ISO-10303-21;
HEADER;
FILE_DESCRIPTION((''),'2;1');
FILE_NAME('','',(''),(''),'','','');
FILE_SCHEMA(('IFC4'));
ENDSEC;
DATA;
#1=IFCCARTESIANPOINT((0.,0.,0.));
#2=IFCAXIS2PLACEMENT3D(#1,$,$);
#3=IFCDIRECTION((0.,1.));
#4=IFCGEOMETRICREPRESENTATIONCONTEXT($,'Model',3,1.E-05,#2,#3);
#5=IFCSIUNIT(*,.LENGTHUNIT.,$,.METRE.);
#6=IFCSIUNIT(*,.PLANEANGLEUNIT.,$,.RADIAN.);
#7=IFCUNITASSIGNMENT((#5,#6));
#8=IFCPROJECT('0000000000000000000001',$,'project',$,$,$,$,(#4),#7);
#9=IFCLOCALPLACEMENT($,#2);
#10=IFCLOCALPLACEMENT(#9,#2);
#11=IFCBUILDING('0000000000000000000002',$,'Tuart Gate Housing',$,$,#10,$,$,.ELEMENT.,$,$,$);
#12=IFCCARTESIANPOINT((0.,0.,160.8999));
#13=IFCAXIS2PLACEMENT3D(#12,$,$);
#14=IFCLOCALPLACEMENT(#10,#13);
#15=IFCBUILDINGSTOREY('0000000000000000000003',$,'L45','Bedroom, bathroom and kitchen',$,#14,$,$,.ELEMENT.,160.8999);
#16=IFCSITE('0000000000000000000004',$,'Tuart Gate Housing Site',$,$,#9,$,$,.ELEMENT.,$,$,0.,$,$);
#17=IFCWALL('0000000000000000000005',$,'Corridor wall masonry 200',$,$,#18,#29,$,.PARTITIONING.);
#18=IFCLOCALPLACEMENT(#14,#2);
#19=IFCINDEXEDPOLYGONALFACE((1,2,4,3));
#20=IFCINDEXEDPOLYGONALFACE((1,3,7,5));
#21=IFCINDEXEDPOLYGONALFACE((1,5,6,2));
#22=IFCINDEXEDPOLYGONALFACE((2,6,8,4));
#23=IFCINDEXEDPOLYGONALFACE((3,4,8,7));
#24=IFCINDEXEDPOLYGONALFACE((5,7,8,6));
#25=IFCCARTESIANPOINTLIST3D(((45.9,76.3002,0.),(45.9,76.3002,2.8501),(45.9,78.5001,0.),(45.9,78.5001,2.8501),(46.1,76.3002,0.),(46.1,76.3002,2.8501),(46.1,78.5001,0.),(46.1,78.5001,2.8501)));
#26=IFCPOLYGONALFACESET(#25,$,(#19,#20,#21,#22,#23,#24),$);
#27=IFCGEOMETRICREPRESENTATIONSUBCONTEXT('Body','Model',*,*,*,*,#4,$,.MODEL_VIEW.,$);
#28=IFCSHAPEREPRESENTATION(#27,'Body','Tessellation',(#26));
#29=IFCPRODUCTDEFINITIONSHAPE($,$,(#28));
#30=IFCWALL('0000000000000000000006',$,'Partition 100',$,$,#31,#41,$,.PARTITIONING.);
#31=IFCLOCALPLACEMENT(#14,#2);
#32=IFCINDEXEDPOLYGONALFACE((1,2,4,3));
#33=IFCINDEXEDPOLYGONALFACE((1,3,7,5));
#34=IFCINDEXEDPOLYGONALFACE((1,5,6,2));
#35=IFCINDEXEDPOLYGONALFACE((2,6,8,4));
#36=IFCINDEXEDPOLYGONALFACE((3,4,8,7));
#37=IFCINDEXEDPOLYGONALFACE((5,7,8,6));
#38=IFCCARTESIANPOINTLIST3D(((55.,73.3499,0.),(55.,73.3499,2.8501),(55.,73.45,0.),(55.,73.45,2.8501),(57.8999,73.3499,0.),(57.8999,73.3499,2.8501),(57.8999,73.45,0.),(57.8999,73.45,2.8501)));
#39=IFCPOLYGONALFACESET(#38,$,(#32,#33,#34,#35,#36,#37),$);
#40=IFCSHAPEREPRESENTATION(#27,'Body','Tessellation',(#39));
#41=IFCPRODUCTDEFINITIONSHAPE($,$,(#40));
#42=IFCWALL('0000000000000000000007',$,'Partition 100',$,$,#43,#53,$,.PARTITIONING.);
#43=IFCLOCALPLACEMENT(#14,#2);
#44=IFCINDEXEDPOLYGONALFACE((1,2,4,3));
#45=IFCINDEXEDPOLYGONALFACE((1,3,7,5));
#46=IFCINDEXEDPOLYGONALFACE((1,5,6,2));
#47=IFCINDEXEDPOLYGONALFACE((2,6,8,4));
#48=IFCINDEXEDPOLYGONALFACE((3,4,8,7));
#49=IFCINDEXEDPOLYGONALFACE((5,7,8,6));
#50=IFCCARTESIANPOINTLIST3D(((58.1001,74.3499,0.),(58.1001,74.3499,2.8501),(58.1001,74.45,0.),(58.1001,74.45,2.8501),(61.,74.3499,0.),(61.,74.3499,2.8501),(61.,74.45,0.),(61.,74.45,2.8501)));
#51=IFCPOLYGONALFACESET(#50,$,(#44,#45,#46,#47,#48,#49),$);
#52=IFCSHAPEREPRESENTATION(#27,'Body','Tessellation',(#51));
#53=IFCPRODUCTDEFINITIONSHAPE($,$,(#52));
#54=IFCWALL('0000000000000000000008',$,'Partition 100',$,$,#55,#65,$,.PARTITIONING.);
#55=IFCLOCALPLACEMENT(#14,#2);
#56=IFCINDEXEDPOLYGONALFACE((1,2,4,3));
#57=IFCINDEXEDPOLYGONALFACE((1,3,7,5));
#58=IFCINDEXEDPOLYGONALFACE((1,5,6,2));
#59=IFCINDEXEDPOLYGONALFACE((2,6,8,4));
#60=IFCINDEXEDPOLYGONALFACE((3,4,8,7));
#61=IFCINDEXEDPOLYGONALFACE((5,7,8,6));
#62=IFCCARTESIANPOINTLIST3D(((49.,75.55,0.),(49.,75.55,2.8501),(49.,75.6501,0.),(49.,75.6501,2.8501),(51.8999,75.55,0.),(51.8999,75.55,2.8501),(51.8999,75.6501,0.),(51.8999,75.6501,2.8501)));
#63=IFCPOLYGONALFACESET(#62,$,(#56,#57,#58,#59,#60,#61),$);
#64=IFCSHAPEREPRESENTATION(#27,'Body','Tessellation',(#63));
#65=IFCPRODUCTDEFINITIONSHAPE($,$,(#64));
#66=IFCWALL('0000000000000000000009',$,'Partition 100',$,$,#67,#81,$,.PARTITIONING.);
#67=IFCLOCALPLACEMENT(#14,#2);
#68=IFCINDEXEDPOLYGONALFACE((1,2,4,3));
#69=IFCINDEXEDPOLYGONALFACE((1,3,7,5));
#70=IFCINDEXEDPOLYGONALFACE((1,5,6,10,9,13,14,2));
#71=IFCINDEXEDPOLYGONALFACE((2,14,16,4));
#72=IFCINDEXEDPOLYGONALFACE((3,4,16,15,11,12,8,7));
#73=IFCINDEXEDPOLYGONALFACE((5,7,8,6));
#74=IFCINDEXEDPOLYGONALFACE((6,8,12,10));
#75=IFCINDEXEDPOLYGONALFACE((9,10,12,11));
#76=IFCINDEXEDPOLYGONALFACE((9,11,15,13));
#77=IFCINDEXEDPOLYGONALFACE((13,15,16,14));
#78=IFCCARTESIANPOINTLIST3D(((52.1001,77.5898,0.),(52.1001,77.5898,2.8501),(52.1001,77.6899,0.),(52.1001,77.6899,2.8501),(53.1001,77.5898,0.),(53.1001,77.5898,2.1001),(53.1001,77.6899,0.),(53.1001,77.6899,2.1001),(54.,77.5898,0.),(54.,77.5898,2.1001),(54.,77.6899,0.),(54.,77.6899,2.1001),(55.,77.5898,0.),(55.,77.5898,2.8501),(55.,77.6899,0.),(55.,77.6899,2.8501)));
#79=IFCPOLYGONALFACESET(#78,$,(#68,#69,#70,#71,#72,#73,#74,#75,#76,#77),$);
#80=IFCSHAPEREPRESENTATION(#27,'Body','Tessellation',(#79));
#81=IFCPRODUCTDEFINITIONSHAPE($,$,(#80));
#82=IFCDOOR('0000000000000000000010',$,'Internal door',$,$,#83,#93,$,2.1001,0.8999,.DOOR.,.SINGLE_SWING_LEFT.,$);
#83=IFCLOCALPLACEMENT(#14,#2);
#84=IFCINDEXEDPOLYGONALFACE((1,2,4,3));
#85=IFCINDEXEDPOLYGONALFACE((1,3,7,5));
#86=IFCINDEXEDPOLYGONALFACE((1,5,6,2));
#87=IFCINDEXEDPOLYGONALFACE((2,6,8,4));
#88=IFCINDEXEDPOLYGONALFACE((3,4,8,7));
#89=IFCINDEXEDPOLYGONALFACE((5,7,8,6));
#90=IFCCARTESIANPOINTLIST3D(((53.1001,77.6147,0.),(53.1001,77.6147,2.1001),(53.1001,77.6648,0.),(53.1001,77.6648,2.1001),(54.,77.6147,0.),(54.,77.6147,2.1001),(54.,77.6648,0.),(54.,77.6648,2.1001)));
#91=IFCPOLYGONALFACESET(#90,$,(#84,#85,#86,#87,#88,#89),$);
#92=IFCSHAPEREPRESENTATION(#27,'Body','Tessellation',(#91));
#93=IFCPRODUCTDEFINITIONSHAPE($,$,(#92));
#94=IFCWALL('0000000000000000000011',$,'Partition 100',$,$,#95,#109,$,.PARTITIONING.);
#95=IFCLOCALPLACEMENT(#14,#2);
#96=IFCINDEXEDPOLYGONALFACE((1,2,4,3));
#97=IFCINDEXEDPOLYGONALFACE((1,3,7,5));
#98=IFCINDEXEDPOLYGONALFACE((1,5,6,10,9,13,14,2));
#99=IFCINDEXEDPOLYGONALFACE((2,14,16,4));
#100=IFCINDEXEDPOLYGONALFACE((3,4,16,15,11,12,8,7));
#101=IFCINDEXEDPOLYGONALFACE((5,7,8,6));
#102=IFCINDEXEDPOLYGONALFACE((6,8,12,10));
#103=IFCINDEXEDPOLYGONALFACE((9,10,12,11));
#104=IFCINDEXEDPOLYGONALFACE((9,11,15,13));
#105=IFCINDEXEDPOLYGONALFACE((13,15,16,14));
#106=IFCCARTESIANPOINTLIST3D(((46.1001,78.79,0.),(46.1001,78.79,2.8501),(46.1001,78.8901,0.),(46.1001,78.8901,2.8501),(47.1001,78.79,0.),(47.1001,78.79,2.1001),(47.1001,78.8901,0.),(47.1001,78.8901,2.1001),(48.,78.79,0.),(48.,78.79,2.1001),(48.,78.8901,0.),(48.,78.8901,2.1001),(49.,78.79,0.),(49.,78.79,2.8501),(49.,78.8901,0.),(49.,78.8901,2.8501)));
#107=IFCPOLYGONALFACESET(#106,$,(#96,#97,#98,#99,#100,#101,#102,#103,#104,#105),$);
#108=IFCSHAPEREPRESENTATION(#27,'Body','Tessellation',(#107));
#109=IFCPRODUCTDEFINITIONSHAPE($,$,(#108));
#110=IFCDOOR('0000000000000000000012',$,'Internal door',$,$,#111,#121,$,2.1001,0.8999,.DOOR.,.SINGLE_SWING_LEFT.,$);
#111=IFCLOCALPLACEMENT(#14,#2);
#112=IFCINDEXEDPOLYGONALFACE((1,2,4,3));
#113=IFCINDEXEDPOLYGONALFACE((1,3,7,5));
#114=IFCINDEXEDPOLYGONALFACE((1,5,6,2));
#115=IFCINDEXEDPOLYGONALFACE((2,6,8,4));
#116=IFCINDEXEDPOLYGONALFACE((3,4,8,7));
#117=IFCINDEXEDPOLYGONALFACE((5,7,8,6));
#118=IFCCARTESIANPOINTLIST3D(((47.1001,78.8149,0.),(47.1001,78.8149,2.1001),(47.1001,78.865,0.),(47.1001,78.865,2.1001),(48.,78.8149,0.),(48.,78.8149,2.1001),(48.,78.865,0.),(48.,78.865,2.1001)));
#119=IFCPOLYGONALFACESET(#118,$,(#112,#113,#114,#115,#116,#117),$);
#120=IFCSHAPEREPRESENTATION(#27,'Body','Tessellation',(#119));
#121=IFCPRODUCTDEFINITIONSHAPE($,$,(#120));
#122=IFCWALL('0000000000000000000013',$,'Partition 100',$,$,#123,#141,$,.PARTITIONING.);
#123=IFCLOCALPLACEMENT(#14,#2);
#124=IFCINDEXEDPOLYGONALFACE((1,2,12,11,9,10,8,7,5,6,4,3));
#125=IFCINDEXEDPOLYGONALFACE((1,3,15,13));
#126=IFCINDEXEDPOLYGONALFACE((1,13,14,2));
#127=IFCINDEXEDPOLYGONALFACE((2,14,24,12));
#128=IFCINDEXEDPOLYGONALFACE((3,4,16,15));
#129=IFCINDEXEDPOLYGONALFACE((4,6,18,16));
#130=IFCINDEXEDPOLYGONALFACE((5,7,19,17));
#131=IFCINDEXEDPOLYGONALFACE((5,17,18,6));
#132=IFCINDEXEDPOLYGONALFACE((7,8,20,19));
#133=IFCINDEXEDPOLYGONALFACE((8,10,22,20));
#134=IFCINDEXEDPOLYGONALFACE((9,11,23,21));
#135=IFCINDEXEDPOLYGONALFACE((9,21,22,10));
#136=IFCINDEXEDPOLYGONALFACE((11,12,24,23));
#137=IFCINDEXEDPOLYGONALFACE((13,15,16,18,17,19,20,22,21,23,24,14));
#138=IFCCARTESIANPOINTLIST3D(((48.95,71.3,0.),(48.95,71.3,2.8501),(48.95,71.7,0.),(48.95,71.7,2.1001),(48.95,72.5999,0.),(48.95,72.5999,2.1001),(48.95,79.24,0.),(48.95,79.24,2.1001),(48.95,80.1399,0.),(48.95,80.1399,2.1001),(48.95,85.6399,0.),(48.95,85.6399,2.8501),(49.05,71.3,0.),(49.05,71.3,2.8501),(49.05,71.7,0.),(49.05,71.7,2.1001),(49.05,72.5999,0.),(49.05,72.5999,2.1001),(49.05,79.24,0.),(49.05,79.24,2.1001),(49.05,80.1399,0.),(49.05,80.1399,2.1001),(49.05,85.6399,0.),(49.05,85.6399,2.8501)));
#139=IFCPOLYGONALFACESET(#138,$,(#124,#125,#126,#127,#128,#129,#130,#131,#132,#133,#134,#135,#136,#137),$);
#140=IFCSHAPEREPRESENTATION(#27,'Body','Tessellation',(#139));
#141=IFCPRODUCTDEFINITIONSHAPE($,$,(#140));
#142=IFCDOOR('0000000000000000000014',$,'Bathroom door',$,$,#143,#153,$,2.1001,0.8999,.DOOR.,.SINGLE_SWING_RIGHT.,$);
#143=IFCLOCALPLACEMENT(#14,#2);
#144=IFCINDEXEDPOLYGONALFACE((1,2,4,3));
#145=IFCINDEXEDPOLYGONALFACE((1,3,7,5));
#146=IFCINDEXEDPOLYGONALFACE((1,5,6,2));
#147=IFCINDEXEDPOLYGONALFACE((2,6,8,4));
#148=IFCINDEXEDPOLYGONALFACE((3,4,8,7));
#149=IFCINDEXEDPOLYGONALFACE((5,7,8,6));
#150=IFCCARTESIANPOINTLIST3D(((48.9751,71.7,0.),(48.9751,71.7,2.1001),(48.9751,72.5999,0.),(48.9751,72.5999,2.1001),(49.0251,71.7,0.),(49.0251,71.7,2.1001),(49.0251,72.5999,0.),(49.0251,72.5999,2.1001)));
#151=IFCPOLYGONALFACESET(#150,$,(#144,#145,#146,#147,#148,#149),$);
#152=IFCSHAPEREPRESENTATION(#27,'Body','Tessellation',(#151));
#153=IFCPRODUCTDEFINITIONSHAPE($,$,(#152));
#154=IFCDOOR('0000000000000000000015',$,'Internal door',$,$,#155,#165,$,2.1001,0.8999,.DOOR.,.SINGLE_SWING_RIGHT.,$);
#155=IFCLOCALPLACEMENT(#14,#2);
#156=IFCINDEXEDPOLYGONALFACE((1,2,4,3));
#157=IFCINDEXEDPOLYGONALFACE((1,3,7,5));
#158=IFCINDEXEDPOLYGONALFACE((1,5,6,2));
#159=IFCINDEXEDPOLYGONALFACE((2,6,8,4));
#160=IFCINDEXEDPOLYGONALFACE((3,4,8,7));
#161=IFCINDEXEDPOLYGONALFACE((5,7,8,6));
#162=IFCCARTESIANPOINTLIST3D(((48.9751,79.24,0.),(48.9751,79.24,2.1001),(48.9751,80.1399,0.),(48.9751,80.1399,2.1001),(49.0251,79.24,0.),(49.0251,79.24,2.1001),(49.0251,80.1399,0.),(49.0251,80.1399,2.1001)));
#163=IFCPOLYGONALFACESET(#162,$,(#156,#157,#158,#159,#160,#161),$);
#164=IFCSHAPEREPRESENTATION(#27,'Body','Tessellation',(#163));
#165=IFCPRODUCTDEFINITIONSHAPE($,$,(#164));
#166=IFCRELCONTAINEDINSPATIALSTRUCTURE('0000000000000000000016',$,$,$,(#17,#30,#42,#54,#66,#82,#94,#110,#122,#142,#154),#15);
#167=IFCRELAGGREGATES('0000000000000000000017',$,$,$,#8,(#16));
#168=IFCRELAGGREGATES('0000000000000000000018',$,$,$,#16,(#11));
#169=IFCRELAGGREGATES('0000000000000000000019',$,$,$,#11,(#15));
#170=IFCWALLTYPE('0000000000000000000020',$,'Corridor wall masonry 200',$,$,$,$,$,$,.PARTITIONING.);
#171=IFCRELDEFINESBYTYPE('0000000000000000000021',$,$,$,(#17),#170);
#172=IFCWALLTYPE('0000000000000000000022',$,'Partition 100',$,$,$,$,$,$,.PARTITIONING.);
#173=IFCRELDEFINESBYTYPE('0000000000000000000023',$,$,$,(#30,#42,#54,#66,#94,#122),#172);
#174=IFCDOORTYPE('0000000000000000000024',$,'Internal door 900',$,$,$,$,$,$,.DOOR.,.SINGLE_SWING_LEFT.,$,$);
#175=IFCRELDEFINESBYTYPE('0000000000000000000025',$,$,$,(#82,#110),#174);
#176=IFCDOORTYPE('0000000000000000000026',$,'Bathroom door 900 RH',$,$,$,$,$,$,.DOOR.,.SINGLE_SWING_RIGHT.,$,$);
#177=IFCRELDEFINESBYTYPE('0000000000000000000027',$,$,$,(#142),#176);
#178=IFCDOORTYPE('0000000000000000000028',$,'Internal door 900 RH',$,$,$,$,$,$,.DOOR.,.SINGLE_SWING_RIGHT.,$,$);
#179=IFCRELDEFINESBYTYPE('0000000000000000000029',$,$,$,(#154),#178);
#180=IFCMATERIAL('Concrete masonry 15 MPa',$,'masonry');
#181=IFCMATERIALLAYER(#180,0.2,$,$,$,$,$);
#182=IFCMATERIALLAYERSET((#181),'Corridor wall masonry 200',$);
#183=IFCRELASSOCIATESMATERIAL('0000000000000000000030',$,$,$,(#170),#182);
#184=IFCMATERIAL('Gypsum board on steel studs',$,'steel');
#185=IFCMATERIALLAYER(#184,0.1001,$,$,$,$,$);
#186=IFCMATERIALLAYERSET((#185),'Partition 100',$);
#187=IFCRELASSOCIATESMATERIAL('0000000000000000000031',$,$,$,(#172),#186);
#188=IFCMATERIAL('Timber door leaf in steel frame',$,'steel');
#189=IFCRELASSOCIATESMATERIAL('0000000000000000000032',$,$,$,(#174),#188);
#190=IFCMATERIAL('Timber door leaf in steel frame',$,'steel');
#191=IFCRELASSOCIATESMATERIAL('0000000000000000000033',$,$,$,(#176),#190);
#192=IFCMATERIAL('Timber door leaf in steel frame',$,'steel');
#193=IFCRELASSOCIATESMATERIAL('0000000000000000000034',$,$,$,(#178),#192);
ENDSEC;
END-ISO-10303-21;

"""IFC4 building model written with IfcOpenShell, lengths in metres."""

from ifc_helpers import new_model, si_unit, direction, frame, frame_2d, origin, place, context, subcontext, project, spatial, rectangle, extrude, material, layer, layer_set, type_object, element, fill, save


model = new_model("IFC4")

# Units and contexts
model_context = context("Model", 3, precision=1e-05, world=origin(), true_north=direction((0.0, 1.0)))
body_context = subcontext(model_context, "Body", "Model", "MODEL_VIEW")
ifc_project = project(units=[si_unit("LENGTHUNIT", "METRE"), si_unit("PLANEANGLEUNIT", "RADIAN")], contexts=[model_context])

# Site, building, storey
site_placement = place(None, origin())
site = spatial("IfcSite", under=ifc_project, at=site_placement, Name="Tuart Gate Housing Site", CompositionType="ELEMENT", RefElevation=0.0)
building_placement = place(site_placement, origin())
building = spatial("IfcBuilding", under=site, at=building_placement, Name="Tuart Gate Housing", CompositionType="ELEMENT")
storey_placement = place(building_placement, frame((0.0, 0.0, 160.8999)))
storey = spatial("IfcBuildingStorey", under=building, at=storey_placement, Name="L45", Description="Bedroom, bathroom and kitchen", CompositionType="ELEMENT", Elevation=160.8999)

# Walls
ifc_material_1 = material(Name="Concrete masonry 15 MPa", Category="masonry")
ifc_layer_1 = layer(ifc_material_1, 0.2)
ifc_layer_set_1 = layer_set([ifc_layer_1], Name="Corridor wall masonry 200")
wall_type_1 = type_object("IfcWallType", Name="Corridor wall masonry 200", PredefinedType="PARTITIONING", material=ifc_layer_set_1)
wall_1_placement = place(storey_placement, frame((46.0, 76.3, 0.0), z_axis=(0.0, 0.0, 1.0), x_axis=(0.0, 1.0, 0.0)))
element("IfcWall", 1, at=wall_1_placement, inside=storey, type_object=wall_type_1, Name="Corridor wall masonry 200", PredefinedType="PARTITIONING", context=body_context, shape_type="SweptSolid", body=[
    extrude(rectangle(XDim=2.2, YDim=0.2, at=frame_2d((1.1001, 0.0))), origin(), (0.0, 0.0, 1.0), 2.8501),
])
ifc_material_2 = material(Name="Gypsum board on steel studs", Category="steel")
ifc_layer_2 = layer(ifc_material_2, 0.1001)
ifc_layer_set_2 = layer_set([ifc_layer_2], Name="Partition 100")
wall_type_2 = type_object("IfcWallType", Name="Partition 100", PredefinedType="PARTITIONING", material=ifc_layer_set_2)
for number, where, z_axis, x_axis, name in (
    (2, (55.0, 73.3999, 0.0), (0.0, 0.0, 1.0), (1.0, 0.0, 0.0), "Partition 100"),
    (3, (58.1001, 74.3999, 0.0), (0.0, 0.0, 1.0), (1.0, 0.0, 0.0), "Partition 100"),
    (4, (49.0, 75.6001, 0.0), (0.0, 0.0, 1.0), (1.0, 0.0, 0.0), "Partition 100"),
):
    element("IfcWall", number, at=place(storey_placement, frame(where, z_axis=z_axis, x_axis=x_axis)), inside=storey, type_object=wall_type_2, Name=name, PredefinedType="PARTITIONING", context=body_context, shape_type="SweptSolid", body=[
        extrude(rectangle(XDim=2.8999, YDim=0.1001, at=frame_2d((1.45, 0.0))), origin(), (0.0, 0.0, 1.0), 2.8501),
    ])

# Walls, openings, doors
wall_2_placement = place(storey_placement, frame((52.1001, 77.6399, 0.0), z_axis=(0.0, 0.0, 1.0), x_axis=(1.0, 0.0, 0.0)))
wall_2 = element("IfcWall", 5, at=wall_2_placement, inside=storey, type_object=wall_type_2, Name="Partition 100", PredefinedType="PARTITIONING", context=body_context, shape_type="SweptSolid", body=[
    extrude(rectangle(XDim=2.8999, YDim=0.1001, at=frame_2d((1.45, 0.0))), origin(), (0.0, 0.0, 1.0), 2.8501),
])
opening_1_placement = place(wall_2_placement, frame((1.0, 0.0, 0.0)))
opening_1 = element("IfcOpeningElement", 6, at=opening_1_placement, cuts=wall_2, PredefinedType="OPENING", context=body_context, shape_type="SweptSolid", body=[
    extrude(rectangle(XDim=0.8999, YDim=2.1001, at=frame_2d((0.45, 1.05))), frame((0.0, 0.0601, 0.0), z_axis=(0.0, -1.0, 0.0), x_axis=(1.0, 0.0, 0.0)), (0.0, 0.0, 1.0), 0.1201),
])
ifc_material_3 = material(Name="Timber door leaf in steel frame", Category="steel")
door_type_1 = type_object("IfcDoorType", Name="Internal door 900", OperationType="SINGLE_SWING_LEFT", PredefinedType="DOOR", material=ifc_material_3)
door_1_placement = place(opening_1_placement, frame((0.8999, 0.0, 0.0), z_axis=(0.0, 0.0, 1.0), x_axis=(-1.0, 0.0, 0.0)))
door_1 = element("IfcDoor", 7, at=door_1_placement, inside=storey, type_object=door_type_1, Name="Internal door", OperationType="SINGLE_SWING_LEFT", OverallHeight=2.1001, OverallWidth=0.8999, PredefinedType="DOOR", context=body_context, shape_type="SweptSolid", body=[
    extrude(rectangle(XDim=0.8999, YDim=2.1001, at=frame_2d((0.45, 1.05))), frame((0.0, 0.0251, 0.0), z_axis=(0.0, -1.0, 0.0), x_axis=(1.0, 0.0, 0.0)), (0.0, 0.0, 1.0), 0.05),
])
fill(opening_1, door_1)
wall_3_placement = place(storey_placement, frame((46.1001, 78.8401, 0.0), z_axis=(0.0, 0.0, 1.0), x_axis=(1.0, 0.0, 0.0)))
wall_3 = element("IfcWall", 8, at=wall_3_placement, inside=storey, type_object=wall_type_2, Name="Partition 100", PredefinedType="PARTITIONING", context=body_context, shape_type="SweptSolid", body=[
    extrude(rectangle(XDim=2.8999, YDim=0.1001, at=frame_2d((1.45, 0.0))), origin(), (0.0, 0.0, 1.0), 2.8501),
])
opening_2_placement = place(wall_3_placement, frame((1.0, 0.0, 0.0)))
opening_2 = element("IfcOpeningElement", 9, at=opening_2_placement, cuts=wall_3, PredefinedType="OPENING", context=body_context, shape_type="SweptSolid", body=[
    extrude(rectangle(XDim=0.8999, YDim=2.1001, at=frame_2d((0.45, 1.05))), frame((0.0, 0.0601, 0.0), z_axis=(0.0, -1.0, 0.0), x_axis=(1.0, 0.0, 0.0)), (0.0, 0.0, 1.0), 0.1201),
])
door_2_placement = place(opening_2_placement, frame((0.8999, 0.0, 0.0), z_axis=(0.0, 0.0, 1.0), x_axis=(-1.0, 0.0, 0.0)))
door_2 = element("IfcDoor", 10, at=door_2_placement, inside=storey, type_object=door_type_1, Name="Internal door", OperationType="SINGLE_SWING_LEFT", OverallHeight=2.1001, OverallWidth=0.8999, PredefinedType="DOOR", context=body_context, shape_type="SweptSolid", body=[
    extrude(rectangle(XDim=0.8999, YDim=2.1001, at=frame_2d((0.45, 1.05))), frame((0.0, 0.0251, 0.0), z_axis=(0.0, -1.0, 0.0), x_axis=(1.0, 0.0, 0.0)), (0.0, 0.0, 1.0), 0.05),
])
fill(opening_2, door_2)

# Wall, openings, doors
wall_4_placement = place(storey_placement, frame((49.0, 71.3, 0.0), z_axis=(0.0, 0.0, 1.0), x_axis=(0.0, 1.0, 0.0)))
wall_4 = element("IfcWall", 11, at=wall_4_placement, inside=storey, type_object=wall_type_2, Name="Partition 100", PredefinedType="PARTITIONING", context=body_context, shape_type="SweptSolid", body=[
    extrude(rectangle(XDim=14.3398, YDim=0.1001, at=frame_2d((7.1699, 0.0))), origin(), (0.0, 0.0, 1.0), 2.8501),
])
opening_3_placement = place(wall_4_placement, frame((7.9399, 0.0, 0.0)))
opening_3 = element("IfcOpeningElement", 12, at=opening_3_placement, cuts=wall_4, PredefinedType="OPENING", context=body_context, shape_type="SweptSolid", body=[
    extrude(rectangle(XDim=0.8999, YDim=2.1001, at=frame_2d((0.45, 1.05))), frame((0.0, 0.0601, 0.0), z_axis=(0.0, -1.0, 0.0), x_axis=(1.0, 0.0, 0.0)), (0.0, 0.0, 1.0), 0.1201),
])
opening_4_placement = place(wall_4_placement, frame((0.3999, 0.0, 0.0)))
opening_4 = element("IfcOpeningElement", 13, at=opening_4_placement, cuts=wall_4, PredefinedType="OPENING", context=body_context, shape_type="SweptSolid", body=[
    extrude(rectangle(XDim=0.8999, YDim=2.1001, at=frame_2d((0.45, 1.05))), frame((0.0, 0.0601, 0.0), z_axis=(0.0, -1.0, 0.0), x_axis=(1.0, 0.0, 0.0)), (0.0, 0.0, 1.0), 0.1201),
])
ifc_material_4 = material(Name="Timber door leaf in steel frame", Category="steel")
door_type_2 = type_object("IfcDoorType", Name="Bathroom door 900 RH", OperationType="SINGLE_SWING_RIGHT", PredefinedType="DOOR", material=ifc_material_4)
door_3_placement = place(opening_4_placement, frame((0.8999, 0.0, 0.0), z_axis=(0.0, 0.0, 1.0), x_axis=(-1.0, 0.0, 0.0)))
door_3 = element("IfcDoor", 14, at=door_3_placement, inside=storey, type_object=door_type_2, Name="Bathroom door", OperationType="SINGLE_SWING_RIGHT", OverallHeight=2.1001, OverallWidth=0.8999, PredefinedType="DOOR", context=body_context, shape_type="SweptSolid", body=[
    extrude(rectangle(XDim=0.8999, YDim=2.1001, at=frame_2d((0.45, 1.05))), frame((0.0, 0.0251, 0.0), z_axis=(0.0, -1.0, 0.0), x_axis=(1.0, 0.0, 0.0)), (0.0, 0.0, 1.0), 0.05),
])
fill(opening_4, door_3)
ifc_material_5 = material(Name="Timber door leaf in steel frame", Category="steel")
door_type_3 = type_object("IfcDoorType", Name="Internal door 900 RH", OperationType="SINGLE_SWING_RIGHT", PredefinedType="DOOR", material=ifc_material_5)
door_4_placement = place(opening_3_placement, frame((0.8999, 0.0, 0.0), z_axis=(0.0, 0.0, 1.0), x_axis=(-1.0, 0.0, 0.0)))
door_4 = element("IfcDoor", 15, at=door_4_placement, inside=storey, type_object=door_type_3, Name="Internal door", OperationType="SINGLE_SWING_RIGHT", OverallHeight=2.1001, OverallWidth=0.8999, PredefinedType="DOOR", context=body_context, shape_type="SweptSolid", body=[
    extrude(rectangle(XDim=0.8999, YDim=2.1001, at=frame_2d((0.45, 1.05))), frame((0.0, 0.0251, 0.0), z_axis=(0.0, -1.0, 0.0), x_axis=(1.0, 0.0, 0.0)), (0.0, 0.0, 1.0), 0.05),
])
fill(opening_3, door_4)

save(model, "model.ifc")
